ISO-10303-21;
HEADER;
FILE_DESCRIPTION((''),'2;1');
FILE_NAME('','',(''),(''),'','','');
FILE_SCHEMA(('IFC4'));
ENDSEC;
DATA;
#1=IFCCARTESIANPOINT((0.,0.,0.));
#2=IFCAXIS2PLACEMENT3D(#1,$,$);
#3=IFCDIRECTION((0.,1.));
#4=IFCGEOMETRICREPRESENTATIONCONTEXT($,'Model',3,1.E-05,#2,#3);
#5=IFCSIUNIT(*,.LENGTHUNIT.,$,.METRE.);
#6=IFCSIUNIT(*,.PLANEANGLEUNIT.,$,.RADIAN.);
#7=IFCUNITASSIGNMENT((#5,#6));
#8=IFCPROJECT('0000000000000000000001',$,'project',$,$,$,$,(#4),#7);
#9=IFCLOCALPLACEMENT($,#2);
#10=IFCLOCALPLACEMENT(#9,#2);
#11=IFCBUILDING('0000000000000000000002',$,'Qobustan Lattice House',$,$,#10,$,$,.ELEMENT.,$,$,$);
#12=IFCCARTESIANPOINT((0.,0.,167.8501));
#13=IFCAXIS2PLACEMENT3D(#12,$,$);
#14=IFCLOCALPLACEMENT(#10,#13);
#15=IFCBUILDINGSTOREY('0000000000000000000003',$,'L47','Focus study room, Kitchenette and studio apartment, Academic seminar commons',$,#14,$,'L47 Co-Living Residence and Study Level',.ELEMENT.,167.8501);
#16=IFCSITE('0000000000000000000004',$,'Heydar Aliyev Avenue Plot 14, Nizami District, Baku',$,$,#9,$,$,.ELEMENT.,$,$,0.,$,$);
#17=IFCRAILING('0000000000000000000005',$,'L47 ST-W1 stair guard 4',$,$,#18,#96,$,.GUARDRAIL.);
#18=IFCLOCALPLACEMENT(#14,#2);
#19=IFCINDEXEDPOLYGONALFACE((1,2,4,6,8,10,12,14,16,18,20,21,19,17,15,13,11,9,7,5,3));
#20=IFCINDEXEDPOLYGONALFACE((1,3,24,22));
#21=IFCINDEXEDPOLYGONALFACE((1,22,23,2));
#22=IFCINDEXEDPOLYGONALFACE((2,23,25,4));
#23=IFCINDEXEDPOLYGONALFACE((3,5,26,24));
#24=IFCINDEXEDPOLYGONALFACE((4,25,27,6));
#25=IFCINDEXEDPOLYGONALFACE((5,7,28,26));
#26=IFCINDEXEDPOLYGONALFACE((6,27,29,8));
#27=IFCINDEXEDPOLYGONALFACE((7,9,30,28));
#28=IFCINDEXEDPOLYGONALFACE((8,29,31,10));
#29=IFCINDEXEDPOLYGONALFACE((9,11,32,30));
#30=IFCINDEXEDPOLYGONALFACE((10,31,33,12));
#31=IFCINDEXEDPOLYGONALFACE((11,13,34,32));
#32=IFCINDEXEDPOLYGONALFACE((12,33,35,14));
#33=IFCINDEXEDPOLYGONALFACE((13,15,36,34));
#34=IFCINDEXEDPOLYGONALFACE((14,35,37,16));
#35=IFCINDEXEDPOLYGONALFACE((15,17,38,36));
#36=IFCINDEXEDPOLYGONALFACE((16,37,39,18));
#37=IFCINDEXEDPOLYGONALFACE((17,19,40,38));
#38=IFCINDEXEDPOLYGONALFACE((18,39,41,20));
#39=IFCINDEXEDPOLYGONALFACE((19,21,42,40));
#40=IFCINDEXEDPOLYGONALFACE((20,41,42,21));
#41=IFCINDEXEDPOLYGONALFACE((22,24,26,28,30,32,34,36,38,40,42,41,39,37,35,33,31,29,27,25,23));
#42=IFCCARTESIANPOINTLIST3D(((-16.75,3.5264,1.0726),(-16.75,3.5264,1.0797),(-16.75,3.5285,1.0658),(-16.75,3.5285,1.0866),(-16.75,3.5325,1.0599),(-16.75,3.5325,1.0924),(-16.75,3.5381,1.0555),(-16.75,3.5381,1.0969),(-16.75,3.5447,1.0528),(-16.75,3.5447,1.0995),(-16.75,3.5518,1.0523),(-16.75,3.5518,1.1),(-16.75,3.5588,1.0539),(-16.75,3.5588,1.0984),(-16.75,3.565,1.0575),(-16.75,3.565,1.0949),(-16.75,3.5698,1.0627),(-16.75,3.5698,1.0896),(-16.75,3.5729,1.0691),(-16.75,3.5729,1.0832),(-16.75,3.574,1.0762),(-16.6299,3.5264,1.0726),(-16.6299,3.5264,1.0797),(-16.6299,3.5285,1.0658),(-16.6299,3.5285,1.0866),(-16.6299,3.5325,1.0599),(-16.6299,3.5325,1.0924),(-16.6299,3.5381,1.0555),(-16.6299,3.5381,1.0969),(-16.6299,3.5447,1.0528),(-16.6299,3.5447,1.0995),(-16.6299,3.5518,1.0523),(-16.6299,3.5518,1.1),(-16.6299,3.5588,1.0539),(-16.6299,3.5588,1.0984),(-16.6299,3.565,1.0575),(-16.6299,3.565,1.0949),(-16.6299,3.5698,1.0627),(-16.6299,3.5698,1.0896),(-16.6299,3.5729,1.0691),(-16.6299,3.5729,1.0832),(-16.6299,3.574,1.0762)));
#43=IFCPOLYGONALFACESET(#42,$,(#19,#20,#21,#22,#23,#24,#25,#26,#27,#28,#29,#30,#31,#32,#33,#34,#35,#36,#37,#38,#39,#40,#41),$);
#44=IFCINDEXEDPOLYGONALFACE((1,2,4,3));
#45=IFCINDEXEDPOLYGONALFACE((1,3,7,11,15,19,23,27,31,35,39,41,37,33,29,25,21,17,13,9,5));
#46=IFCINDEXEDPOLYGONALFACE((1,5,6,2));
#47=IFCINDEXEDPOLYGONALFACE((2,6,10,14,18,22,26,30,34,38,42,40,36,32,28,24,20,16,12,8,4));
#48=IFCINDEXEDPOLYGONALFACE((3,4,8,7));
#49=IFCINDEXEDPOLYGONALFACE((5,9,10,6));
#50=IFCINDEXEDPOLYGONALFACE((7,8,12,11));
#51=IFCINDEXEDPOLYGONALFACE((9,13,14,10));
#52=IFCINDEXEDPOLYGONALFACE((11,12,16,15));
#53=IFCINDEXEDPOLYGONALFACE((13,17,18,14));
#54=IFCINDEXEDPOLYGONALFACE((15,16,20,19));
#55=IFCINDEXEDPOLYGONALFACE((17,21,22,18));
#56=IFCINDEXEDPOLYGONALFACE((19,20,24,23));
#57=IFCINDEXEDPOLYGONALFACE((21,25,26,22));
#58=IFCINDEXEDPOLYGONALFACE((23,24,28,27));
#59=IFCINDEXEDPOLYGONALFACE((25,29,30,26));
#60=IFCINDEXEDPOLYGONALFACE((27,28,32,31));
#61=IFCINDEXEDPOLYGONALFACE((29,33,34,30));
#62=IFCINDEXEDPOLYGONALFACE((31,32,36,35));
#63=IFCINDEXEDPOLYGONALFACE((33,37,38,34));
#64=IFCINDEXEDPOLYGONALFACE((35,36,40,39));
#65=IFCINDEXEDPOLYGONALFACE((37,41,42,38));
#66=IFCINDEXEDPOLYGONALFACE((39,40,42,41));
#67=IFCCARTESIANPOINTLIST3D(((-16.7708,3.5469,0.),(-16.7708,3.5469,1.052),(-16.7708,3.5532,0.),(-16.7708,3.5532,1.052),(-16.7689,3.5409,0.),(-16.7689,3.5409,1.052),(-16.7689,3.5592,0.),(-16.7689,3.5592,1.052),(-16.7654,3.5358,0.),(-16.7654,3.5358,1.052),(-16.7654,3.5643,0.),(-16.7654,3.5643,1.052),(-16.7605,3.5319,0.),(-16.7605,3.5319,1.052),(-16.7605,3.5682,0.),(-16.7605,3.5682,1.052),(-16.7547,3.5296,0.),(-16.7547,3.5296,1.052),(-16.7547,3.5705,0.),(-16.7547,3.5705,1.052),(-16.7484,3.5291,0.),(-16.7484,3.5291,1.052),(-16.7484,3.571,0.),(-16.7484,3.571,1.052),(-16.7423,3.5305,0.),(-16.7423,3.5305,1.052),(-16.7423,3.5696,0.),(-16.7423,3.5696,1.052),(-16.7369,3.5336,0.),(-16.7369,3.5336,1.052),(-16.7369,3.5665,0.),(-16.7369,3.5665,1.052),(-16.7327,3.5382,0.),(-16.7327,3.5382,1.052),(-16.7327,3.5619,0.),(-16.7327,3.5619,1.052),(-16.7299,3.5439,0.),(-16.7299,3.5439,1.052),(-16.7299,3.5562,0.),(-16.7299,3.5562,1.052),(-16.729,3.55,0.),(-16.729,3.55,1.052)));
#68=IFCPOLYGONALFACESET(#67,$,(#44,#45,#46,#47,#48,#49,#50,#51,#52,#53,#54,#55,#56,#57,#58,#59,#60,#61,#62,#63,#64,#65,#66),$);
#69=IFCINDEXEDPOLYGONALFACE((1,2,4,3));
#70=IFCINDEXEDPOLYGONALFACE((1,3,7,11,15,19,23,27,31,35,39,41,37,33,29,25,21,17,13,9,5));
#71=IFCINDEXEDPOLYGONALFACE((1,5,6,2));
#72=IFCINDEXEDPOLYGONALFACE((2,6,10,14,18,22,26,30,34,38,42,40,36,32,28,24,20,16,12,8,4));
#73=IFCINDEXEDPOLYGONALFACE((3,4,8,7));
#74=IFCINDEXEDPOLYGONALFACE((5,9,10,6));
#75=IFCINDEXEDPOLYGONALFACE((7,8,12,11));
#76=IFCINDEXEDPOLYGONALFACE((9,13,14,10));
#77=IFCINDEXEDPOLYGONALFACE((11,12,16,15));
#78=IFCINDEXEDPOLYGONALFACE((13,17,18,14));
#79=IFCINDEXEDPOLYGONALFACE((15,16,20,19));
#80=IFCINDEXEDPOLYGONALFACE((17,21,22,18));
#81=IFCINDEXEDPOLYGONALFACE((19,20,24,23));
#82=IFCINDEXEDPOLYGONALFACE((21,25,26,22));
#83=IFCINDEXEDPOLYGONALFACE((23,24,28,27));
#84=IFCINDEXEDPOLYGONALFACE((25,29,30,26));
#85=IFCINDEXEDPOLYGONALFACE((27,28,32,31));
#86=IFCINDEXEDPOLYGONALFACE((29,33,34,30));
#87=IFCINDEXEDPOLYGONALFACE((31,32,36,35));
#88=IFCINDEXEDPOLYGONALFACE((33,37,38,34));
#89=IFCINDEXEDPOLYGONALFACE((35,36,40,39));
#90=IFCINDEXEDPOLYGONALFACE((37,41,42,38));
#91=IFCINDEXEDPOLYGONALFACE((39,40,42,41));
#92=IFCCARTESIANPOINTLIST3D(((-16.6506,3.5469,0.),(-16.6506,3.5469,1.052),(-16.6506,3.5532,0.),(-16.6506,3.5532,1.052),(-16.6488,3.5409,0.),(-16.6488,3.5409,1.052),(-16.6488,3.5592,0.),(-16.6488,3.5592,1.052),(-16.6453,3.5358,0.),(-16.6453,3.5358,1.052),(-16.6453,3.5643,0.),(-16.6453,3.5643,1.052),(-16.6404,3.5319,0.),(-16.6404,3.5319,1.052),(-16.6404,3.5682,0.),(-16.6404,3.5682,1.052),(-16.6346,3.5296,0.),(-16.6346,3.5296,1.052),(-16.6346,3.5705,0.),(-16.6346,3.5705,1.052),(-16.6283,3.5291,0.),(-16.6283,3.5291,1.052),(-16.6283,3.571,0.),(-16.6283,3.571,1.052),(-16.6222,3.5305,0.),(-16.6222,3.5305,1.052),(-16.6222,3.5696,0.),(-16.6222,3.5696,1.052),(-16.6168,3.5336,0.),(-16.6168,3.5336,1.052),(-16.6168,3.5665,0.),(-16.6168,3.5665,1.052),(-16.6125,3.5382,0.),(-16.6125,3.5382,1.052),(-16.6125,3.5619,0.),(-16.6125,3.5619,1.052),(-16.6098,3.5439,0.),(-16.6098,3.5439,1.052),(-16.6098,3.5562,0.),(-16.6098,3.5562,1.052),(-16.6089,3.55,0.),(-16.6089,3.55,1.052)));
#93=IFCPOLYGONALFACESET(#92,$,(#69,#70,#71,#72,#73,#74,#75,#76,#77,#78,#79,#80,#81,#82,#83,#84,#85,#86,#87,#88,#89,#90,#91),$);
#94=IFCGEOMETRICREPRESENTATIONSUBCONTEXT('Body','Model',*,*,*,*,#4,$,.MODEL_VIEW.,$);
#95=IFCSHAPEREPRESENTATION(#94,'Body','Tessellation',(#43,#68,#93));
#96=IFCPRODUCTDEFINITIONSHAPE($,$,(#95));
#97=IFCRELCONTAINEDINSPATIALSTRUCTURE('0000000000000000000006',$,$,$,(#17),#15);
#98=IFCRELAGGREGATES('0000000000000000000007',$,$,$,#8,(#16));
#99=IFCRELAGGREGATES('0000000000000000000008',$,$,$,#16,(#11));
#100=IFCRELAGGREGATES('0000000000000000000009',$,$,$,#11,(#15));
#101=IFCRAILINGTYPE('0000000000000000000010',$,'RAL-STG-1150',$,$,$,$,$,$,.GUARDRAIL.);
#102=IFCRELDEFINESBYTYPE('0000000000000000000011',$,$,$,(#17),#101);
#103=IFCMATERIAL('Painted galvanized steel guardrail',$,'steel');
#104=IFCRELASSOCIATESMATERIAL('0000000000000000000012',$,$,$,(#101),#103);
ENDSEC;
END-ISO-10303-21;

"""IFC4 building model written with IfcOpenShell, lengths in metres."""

from ifc_helpers import new_model, si_unit, direction, frame, origin, origin_2d, place, context, subcontext, project, spatial, circle, extrude, material, type_object, element, save


model = new_model("IFC4")

# Units and contexts
model_context = context("Model", 3, precision=1e-05, world=origin(), true_north=direction((0.0, 1.0)))
body_context = subcontext(model_context, "Body", "Model", "MODEL_VIEW")
ifc_project = project(units=[si_unit("LENGTHUNIT", "METRE"), si_unit("PLANEANGLEUNIT", "RADIAN")], contexts=[model_context])

# Site, building, storey
site_placement = place(None, origin())
site = spatial("IfcSite", under=ifc_project, at=site_placement, Name="Heydar Aliyev Avenue Plot 14, Nizami District, Baku", CompositionType="ELEMENT", RefElevation=0.0)
building_placement = place(site_placement, origin())
building = spatial("IfcBuilding", under=site, at=building_placement, Name="Qobustan Lattice House", CompositionType="ELEMENT")
storey_placement = place(building_placement, frame((0.0, 0.0, 167.8501)))
storey = spatial("IfcBuildingStorey", under=building, at=storey_placement, Name="L47", Description="Focus study room, Kitchenette and studio apartment, Academic seminar commons", LongName="L47 Co-Living Residence and Study Level", CompositionType="ELEMENT", Elevation=167.8501)

# Railing
ifc_material_1 = material(Name="Painted galvanized steel guardrail", Category="steel")
railing_type_1 = type_object("IfcRailingType", Name="RAL-STG-1150", PredefinedType="GUARDRAIL", material=ifc_material_1)
railing_1_placement = place(storey_placement, frame((-16.75, 3.55, 0.0)))
element("IfcRailing", 1, at=railing_1_placement, inside=storey, type_object=railing_type_1, Name="L47 ST-W1 stair guard 4", PredefinedType="GUARDRAIL", context=body_context, shape_type="SweptSolid", body=[
    extrude(circle(Radius=0.0239, at=origin_2d()), frame((0.0, 0.0, 1.0762), z_axis=(1.0, 0.0, 0.0), x_axis=(0.0, 1.0, 0.0)), (0.0, 0.0, 1.0), 0.1201),
    extrude(circle(Radius=0.021, at=origin_2d()), origin(), (0.0, 0.0, 1.0), 1.052),
    extrude(circle(Radius=0.021, at=origin_2d()), frame((0.1201, 0.0, 0.0)), (0.0, 0.0, 1.0), 1.052),
])

save(model, "model.ifc")
